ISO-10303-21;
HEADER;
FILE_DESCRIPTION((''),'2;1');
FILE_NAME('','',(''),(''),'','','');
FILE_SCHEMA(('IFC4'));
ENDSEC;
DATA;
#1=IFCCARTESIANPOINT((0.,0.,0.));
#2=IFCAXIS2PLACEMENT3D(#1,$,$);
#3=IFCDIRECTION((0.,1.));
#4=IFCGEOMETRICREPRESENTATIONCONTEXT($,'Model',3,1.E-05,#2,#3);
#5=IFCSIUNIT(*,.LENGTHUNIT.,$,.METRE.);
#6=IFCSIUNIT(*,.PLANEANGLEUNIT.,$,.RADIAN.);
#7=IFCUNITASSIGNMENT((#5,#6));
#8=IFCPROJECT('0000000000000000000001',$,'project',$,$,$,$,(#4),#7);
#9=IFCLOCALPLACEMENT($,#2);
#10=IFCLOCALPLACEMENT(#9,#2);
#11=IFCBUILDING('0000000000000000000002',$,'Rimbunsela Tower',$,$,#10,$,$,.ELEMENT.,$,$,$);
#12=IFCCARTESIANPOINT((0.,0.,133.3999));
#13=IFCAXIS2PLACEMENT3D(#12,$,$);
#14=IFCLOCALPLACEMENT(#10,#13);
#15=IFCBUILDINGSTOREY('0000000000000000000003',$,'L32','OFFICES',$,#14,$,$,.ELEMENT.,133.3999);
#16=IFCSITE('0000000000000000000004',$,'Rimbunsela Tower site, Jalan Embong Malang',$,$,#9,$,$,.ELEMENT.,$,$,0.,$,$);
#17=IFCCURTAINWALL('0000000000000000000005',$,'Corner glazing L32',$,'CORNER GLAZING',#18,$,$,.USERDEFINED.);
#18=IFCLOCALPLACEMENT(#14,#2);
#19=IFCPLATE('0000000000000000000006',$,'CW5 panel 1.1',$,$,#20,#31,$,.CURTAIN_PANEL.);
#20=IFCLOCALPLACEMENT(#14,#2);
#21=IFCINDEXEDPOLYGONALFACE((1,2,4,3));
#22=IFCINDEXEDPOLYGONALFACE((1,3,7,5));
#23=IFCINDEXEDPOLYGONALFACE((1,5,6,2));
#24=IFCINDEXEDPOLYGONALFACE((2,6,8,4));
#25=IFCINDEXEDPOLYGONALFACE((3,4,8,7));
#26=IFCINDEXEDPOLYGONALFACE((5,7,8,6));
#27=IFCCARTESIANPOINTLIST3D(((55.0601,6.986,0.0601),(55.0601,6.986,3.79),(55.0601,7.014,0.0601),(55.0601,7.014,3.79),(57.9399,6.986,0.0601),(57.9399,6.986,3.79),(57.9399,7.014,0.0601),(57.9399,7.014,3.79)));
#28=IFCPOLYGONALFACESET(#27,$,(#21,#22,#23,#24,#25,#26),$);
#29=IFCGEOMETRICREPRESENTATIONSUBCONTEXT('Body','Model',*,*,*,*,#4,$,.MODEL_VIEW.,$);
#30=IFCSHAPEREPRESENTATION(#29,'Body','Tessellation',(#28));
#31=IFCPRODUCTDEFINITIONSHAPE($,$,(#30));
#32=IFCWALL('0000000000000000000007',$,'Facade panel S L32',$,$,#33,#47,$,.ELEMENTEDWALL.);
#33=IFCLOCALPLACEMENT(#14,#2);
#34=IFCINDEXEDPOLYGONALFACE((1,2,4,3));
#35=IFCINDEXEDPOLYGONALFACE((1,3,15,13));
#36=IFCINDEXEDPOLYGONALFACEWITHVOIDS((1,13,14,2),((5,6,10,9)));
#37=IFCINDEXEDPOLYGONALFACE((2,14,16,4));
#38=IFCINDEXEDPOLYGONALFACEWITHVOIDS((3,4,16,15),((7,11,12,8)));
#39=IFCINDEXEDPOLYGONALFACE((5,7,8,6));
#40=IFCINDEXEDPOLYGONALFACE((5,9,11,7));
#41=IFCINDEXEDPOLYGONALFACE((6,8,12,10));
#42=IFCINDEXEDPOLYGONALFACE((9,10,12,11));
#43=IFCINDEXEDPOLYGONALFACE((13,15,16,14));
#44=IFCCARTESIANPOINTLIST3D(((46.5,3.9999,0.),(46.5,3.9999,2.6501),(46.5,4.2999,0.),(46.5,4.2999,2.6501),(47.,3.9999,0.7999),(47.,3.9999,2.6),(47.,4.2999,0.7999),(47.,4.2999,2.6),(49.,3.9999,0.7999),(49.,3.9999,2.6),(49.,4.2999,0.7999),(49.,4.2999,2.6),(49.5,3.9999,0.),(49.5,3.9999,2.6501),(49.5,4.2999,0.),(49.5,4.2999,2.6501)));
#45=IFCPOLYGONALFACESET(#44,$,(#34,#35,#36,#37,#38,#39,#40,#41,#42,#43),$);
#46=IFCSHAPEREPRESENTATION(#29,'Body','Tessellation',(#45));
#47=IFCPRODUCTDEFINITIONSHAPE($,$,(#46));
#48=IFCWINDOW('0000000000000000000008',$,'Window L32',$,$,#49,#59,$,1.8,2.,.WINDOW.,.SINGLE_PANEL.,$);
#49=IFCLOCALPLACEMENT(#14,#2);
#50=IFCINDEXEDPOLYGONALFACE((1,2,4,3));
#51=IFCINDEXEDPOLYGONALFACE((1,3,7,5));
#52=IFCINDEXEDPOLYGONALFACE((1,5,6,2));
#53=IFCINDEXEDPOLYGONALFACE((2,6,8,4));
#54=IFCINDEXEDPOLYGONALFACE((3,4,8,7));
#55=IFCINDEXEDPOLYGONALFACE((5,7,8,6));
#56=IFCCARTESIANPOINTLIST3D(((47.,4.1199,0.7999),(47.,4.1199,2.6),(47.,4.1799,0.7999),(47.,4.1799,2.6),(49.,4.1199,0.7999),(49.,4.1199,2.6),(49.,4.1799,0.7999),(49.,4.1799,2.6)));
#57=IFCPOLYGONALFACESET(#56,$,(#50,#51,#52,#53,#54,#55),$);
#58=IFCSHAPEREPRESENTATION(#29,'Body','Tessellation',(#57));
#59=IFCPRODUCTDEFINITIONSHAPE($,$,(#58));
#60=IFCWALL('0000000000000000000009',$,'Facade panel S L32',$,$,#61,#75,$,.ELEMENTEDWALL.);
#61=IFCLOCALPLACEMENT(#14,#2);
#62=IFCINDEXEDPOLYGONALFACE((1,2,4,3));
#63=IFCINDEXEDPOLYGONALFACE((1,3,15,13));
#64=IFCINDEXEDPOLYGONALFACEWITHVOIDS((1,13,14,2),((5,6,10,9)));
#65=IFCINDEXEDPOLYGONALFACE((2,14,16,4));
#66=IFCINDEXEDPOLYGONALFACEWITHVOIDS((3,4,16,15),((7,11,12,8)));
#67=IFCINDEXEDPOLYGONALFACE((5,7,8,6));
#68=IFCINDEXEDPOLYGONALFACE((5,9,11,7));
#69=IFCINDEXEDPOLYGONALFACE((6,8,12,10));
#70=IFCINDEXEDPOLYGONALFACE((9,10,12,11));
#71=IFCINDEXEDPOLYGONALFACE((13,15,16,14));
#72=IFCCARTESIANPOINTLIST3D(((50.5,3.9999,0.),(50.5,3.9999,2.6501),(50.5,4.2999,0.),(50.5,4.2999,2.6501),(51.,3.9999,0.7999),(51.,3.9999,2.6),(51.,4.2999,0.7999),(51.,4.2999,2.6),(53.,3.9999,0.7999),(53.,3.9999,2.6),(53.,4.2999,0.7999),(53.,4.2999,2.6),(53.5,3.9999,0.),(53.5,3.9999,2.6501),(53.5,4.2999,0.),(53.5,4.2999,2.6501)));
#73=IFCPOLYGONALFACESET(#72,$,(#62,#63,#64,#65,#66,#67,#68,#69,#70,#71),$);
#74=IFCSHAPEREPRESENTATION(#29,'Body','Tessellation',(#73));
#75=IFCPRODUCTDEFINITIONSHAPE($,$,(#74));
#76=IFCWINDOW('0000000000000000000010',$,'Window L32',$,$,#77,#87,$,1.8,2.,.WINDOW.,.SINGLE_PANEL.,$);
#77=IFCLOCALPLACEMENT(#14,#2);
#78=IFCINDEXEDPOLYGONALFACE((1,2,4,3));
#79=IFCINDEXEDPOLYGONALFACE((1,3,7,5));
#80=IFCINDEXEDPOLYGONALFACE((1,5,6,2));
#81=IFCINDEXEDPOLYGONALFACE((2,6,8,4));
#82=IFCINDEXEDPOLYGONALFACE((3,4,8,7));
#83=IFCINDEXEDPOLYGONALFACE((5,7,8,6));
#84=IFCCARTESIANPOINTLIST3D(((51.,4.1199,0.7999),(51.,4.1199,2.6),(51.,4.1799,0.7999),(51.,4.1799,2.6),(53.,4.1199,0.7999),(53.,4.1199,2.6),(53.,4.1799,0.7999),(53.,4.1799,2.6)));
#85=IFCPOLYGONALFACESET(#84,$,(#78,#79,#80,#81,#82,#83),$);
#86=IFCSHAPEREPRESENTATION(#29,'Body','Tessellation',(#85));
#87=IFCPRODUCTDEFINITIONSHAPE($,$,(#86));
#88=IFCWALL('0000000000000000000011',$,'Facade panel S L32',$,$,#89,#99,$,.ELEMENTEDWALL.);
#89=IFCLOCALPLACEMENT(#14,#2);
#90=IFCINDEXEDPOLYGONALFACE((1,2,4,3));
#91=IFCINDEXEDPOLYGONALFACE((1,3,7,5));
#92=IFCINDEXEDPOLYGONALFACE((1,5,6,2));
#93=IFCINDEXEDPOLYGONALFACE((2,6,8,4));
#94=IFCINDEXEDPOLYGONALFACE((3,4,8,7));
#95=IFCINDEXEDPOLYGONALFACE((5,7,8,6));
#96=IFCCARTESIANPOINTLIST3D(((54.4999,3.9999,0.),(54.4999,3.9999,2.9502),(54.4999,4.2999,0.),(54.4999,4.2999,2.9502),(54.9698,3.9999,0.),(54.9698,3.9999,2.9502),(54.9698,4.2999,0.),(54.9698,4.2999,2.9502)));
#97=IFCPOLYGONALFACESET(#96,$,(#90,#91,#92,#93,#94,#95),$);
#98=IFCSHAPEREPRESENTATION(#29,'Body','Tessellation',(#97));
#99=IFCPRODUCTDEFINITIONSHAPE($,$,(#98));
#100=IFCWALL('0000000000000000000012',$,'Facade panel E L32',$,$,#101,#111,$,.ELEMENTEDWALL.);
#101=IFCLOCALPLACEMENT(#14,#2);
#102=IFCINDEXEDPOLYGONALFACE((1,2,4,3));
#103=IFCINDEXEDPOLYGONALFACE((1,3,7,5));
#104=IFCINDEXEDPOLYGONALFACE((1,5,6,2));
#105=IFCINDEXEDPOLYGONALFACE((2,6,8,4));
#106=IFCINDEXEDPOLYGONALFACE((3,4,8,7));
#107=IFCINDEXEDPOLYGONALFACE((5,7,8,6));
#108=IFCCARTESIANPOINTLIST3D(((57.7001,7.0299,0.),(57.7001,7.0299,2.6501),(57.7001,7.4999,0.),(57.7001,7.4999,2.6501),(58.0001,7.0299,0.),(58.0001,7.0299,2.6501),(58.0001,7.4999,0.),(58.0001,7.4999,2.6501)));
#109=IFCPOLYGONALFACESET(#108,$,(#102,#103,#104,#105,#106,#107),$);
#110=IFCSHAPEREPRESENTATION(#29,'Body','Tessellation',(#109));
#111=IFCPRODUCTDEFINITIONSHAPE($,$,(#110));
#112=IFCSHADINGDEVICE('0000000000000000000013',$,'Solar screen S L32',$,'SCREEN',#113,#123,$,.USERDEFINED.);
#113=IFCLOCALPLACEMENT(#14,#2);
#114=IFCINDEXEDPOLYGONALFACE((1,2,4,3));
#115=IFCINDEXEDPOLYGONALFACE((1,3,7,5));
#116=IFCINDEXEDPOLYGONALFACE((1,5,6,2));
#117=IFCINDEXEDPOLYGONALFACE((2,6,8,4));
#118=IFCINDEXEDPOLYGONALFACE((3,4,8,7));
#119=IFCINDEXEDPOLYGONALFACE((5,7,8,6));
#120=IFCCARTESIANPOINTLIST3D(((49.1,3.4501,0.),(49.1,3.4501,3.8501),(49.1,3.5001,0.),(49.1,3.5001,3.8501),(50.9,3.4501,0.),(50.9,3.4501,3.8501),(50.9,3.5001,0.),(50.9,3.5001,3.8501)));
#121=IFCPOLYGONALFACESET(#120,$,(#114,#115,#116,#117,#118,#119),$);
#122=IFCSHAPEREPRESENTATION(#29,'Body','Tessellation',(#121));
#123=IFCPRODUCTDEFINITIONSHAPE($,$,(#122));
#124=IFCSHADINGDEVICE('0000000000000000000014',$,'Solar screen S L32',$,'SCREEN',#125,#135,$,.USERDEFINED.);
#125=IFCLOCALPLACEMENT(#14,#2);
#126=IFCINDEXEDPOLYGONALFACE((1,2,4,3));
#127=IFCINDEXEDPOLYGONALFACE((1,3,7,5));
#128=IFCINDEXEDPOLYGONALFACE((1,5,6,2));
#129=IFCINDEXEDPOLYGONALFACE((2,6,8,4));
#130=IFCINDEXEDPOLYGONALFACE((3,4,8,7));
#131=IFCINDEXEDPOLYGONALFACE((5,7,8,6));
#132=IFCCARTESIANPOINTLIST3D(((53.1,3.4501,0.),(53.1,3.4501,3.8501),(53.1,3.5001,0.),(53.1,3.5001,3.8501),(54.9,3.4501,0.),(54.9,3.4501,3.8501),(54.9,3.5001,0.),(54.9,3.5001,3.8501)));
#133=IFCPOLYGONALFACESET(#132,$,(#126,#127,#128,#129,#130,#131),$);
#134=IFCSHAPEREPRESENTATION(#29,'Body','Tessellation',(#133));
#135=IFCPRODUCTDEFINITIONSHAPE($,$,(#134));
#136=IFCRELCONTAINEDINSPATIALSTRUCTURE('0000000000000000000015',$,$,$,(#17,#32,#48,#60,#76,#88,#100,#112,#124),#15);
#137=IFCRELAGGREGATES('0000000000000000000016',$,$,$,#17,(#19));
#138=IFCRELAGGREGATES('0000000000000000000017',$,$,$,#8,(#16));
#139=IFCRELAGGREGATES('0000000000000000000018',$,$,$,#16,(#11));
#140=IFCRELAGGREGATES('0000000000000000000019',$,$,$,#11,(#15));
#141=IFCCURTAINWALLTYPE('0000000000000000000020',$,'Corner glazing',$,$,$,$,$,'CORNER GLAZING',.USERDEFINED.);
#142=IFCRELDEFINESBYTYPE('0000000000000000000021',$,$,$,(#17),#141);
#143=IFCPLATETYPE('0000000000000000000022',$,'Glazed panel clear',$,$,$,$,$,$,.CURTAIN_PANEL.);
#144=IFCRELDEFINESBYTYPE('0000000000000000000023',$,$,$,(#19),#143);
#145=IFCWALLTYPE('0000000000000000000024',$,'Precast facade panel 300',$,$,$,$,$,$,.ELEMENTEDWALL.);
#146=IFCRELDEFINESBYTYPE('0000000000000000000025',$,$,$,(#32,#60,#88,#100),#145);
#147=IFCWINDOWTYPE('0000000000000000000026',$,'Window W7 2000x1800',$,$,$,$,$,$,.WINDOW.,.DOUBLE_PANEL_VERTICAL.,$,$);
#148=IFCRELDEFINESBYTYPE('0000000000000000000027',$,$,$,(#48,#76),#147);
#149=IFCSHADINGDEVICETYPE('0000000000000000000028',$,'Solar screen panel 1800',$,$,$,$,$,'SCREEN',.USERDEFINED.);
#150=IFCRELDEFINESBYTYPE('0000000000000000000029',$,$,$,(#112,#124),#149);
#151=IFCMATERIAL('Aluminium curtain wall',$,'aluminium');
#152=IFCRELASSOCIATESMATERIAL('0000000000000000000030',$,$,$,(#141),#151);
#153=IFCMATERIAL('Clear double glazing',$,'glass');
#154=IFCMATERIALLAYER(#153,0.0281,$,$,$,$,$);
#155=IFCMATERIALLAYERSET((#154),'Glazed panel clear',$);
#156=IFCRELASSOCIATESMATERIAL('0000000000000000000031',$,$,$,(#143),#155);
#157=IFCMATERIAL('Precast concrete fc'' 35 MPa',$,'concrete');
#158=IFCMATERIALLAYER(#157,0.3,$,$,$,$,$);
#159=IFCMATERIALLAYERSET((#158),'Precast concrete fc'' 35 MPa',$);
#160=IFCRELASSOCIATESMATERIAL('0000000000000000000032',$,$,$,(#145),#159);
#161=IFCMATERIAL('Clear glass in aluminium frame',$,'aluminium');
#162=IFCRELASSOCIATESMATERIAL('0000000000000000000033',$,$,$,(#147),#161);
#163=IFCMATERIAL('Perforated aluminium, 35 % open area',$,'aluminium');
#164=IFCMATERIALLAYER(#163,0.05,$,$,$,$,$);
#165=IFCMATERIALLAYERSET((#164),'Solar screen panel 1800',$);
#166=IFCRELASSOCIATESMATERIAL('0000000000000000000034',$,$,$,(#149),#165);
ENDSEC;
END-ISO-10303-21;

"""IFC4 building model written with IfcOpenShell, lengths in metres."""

from ifc_helpers import new_model, si_unit, direction, frame, frame_2d, origin, origin_2d, place, context, subcontext, project, spatial, rectangle, extrude, material, layer, layer_set, type_object, element, fill, aggregate, save


model = new_model("IFC4")

# Units and contexts
model_context = context("Model", 3, precision=1e-05, world=origin(), true_north=direction((0.0, 1.0)))
body_context = subcontext(model_context, "Body", "Model", "MODEL_VIEW")
ifc_project = project(units=[si_unit("LENGTHUNIT", "METRE"), si_unit("PLANEANGLEUNIT", "RADIAN")], contexts=[model_context])

# Site, building, storey
site_placement = place(None, origin())
site = spatial("IfcSite", under=ifc_project, at=site_placement, Name="Rimbunsela Tower site, Jalan Embong Malang", CompositionType="ELEMENT", RefElevation=0.0)
building_placement = place(site_placement, origin())
building = spatial("IfcBuilding", under=site, at=building_placement, Name="Rimbunsela Tower", CompositionType="ELEMENT")
storey_placement = place(building_placement, frame((0.0, 0.0, 133.3999)))
storey = spatial("IfcBuildingStorey", under=building, at=storey_placement, Name="L32", Description="OFFICES", CompositionType="ELEMENT", Elevation=133.3999)

# Curtain wall
ifc_material_1 = material(Name="Aluminium curtain wall", Category="aluminium")
curtain_wall_type = type_object("IfcCurtainWallType", Name="Corner glazing", ElementType="CORNER GLAZING", PredefinedType="USERDEFINED", material=ifc_material_1)
curtain_wall_1_placement = place(storey_placement, origin())
curtain_wall_1 = element("IfcCurtainWall", 1, at=curtain_wall_1_placement, inside=storey, type_object=curtain_wall_type, Name="Corner glazing L32", ObjectType="CORNER GLAZING", PredefinedType="USERDEFINED")

# Plate
ifc_material_2 = material(Name="Clear double glazing", Category="glass")
ifc_layer_1 = layer(ifc_material_2, 0.0281)
ifc_layer_set_1 = layer_set([ifc_layer_1], Name="Glazed panel clear")
plate_type_1 = type_object("IfcPlateType", Name="Glazed panel clear", PredefinedType="CURTAIN_PANEL", material=ifc_layer_set_1)
plate_1_placement = place(storey_placement, frame((56.5, 7.0, 0.0601), z_axis=(0.0, 0.0, 1.0), x_axis=(1.0, 0.0, 0.0)))
plate_1 = element("IfcPlate", 2, at=plate_1_placement, type_object=plate_type_1, Name="CW5 panel 1.1", PredefinedType="CURTAIN_PANEL", context=body_context, shape_type="SweptSolid", body=[
    extrude(rectangle(XDim=2.8799, YDim=0.0281, at=origin_2d()), origin(), (0.0, 0.0, 1.0), 3.73),
])
aggregate(curtain_wall_1, [plate_1])

# Walls, openings, windows
ifc_material_3 = material(Name="Precast concrete fc' 35 MPa", Category="concrete")
ifc_layer_2 = layer(ifc_material_3, 0.3)
ifc_layer_set_2 = layer_set([ifc_layer_2], Name="Precast concrete fc' 35 MPa")
wall_type = type_object("IfcWallType", Name="Precast facade panel 300", PredefinedType="ELEMENTEDWALL", material=ifc_layer_set_2)
wall_1_placement = place(storey_placement, frame((46.5, 4.1499, 0.0), z_axis=(0.0, 0.0, 1.0), x_axis=(1.0, 0.0, 0.0)))
wall_1 = element("IfcWall", 3, at=wall_1_placement, inside=storey, type_object=wall_type, Name="Facade panel S L32", PredefinedType="ELEMENTEDWALL", context=body_context, shape_type="SweptSolid", body=[
    extrude(rectangle(XDim=3.0, YDim=0.3, at=frame_2d((1.5, 0.0))), origin(), (0.0, 0.0, 1.0), 2.6501),
])
opening_1_placement = place(wall_1_placement, frame((0.5, 0.0, 0.8)))
opening_1 = element("IfcOpeningElement", 4, at=opening_1_placement, cuts=wall_1, PredefinedType="OPENING", context=body_context, shape_type="SweptSolid", body=[
    extrude(rectangle(XDim=2.0, YDim=1.8, at=frame_2d((1.0, 0.8999))), frame((0.0, 0.1599, 0.0), z_axis=(0.0, -1.0, 0.0), x_axis=(1.0, 0.0, 0.0)), (0.0, 0.0, 1.0), 0.3201),
])
ifc_material_4 = material(Name="Clear glass in aluminium frame", Category="aluminium")
window_type = type_object("IfcWindowType", Name="Window W7 2000x1800", PartitioningType="DOUBLE_PANEL_VERTICAL", PredefinedType="WINDOW", material=ifc_material_4)
window_1_placement = place(opening_1_placement, origin())
window_1 = element("IfcWindow", 5, at=window_1_placement, inside=storey, type_object=window_type, Name="Window L32", OverallHeight=1.8, OverallWidth=2.0, PartitioningType="SINGLE_PANEL", PredefinedType="WINDOW", context=body_context, shape_type="SweptSolid", body=[
    extrude(rectangle(XDim=2.0, YDim=1.8, at=frame_2d((1.0, 0.8999))), frame((0.0, 0.03, 0.0), z_axis=(0.0, -1.0, 0.0), x_axis=(1.0, 0.0, 0.0)), (0.0, 0.0, 1.0), 0.0601),
])
fill(opening_1, window_1)
wall_2_placement = place(storey_placement, frame((50.5, 4.1499, 0.0), z_axis=(0.0, 0.0, 1.0), x_axis=(1.0, 0.0, 0.0)))
wall_2 = element("IfcWall", 6, at=wall_2_placement, inside=storey, type_object=wall_type, Name="Facade panel S L32", PredefinedType="ELEMENTEDWALL", context=body_context, shape_type="SweptSolid", body=[
    extrude(rectangle(XDim=3.0, YDim=0.3, at=frame_2d((1.5, 0.0))), origin(), (0.0, 0.0, 1.0), 2.6501),
])
opening_2_placement = place(wall_2_placement, frame((0.5, 0.0, 0.8)))
opening_2 = element("IfcOpeningElement", 7, at=opening_2_placement, cuts=wall_2, PredefinedType="OPENING", context=body_context, shape_type="SweptSolid", body=[
    extrude(rectangle(XDim=2.0, YDim=1.8, at=frame_2d((1.0, 0.8999))), frame((0.0, 0.1599, 0.0), z_axis=(0.0, -1.0, 0.0), x_axis=(1.0, 0.0, 0.0)), (0.0, 0.0, 1.0), 0.3201),
])
window_2_placement = place(opening_2_placement, origin())
window_2 = element("IfcWindow", 8, at=window_2_placement, inside=storey, type_object=window_type, Name="Window L32", OverallHeight=1.8, OverallWidth=2.0, PartitioningType="SINGLE_PANEL", PredefinedType="WINDOW", context=body_context, shape_type="SweptSolid", body=[
    extrude(rectangle(XDim=2.0, YDim=1.8, at=frame_2d((1.0, 0.8999))), frame((0.0, 0.03, 0.0), z_axis=(0.0, -1.0, 0.0), x_axis=(1.0, 0.0, 0.0)), (0.0, 0.0, 1.0), 0.0601),
])
fill(opening_2, window_2)

# Walls
wall_3_placement = place(storey_placement, frame((54.5, 4.1499, 0.0), z_axis=(0.0, 0.0, 1.0), x_axis=(1.0, 0.0, 0.0)))
element("IfcWall", 9, at=wall_3_placement, inside=storey, type_object=wall_type, Name="Facade panel S L32", PredefinedType="ELEMENTEDWALL", context=body_context, shape_type="SweptSolid", body=[
    extrude(rectangle(XDim=0.47, YDim=0.3, at=frame_2d((0.2349, 0.0))), origin(), (0.0, 0.0, 1.0), 2.9502),
])
wall_4_placement = place(storey_placement, frame((57.8501, 7.03, 0.0), z_axis=(0.0, 0.0, 1.0), x_axis=(0.0, 1.0, 0.0)))
element("IfcWall", 10, at=wall_4_placement, inside=storey, type_object=wall_type, Name="Facade panel E L32", PredefinedType="ELEMENTEDWALL", context=body_context, shape_type="SweptSolid", body=[
    extrude(rectangle(XDim=0.47, YDim=0.3, at=frame_2d((0.2349, 0.0))), origin(), (0.0, 0.0, 1.0), 2.6501),
])

# Shading devices
ifc_material_5 = material(Name="Perforated aluminium, 35 % open area", Category="aluminium")
ifc_layer_3 = layer(ifc_material_5, 0.05)
ifc_layer_set_3 = layer_set([ifc_layer_3], Name="Solar screen panel 1800")
shading_device_type = type_object("IfcShadingDeviceType", Name="Solar screen panel 1800", ElementType="SCREEN", PredefinedType="USERDEFINED", material=ifc_layer_set_3)
for number, where, z_axis, x_axis, name in (
    (11, (50.0, 3.4751, 0.0), (0.0, 0.0, 1.0), (1.0, 0.0, 0.0), "Solar screen S L32"),
    (12, (54.0, 3.4751, 0.0), (0.0, 0.0, 1.0), (1.0, 0.0, 0.0), "Solar screen S L32"),
):
    element("IfcShadingDevice", number, at=place(storey_placement, frame(where, z_axis=z_axis, x_axis=x_axis)), inside=storey, type_object=shading_device_type, Name=name, ObjectType="SCREEN", PredefinedType="USERDEFINED", context=body_context, shape_type="SweptSolid", body=[
        extrude(rectangle(XDim=1.8, YDim=0.05, at=origin_2d()), origin(), (0.0, 0.0, 1.0), 3.8501),
    ])

save(model, "model.ifc")
